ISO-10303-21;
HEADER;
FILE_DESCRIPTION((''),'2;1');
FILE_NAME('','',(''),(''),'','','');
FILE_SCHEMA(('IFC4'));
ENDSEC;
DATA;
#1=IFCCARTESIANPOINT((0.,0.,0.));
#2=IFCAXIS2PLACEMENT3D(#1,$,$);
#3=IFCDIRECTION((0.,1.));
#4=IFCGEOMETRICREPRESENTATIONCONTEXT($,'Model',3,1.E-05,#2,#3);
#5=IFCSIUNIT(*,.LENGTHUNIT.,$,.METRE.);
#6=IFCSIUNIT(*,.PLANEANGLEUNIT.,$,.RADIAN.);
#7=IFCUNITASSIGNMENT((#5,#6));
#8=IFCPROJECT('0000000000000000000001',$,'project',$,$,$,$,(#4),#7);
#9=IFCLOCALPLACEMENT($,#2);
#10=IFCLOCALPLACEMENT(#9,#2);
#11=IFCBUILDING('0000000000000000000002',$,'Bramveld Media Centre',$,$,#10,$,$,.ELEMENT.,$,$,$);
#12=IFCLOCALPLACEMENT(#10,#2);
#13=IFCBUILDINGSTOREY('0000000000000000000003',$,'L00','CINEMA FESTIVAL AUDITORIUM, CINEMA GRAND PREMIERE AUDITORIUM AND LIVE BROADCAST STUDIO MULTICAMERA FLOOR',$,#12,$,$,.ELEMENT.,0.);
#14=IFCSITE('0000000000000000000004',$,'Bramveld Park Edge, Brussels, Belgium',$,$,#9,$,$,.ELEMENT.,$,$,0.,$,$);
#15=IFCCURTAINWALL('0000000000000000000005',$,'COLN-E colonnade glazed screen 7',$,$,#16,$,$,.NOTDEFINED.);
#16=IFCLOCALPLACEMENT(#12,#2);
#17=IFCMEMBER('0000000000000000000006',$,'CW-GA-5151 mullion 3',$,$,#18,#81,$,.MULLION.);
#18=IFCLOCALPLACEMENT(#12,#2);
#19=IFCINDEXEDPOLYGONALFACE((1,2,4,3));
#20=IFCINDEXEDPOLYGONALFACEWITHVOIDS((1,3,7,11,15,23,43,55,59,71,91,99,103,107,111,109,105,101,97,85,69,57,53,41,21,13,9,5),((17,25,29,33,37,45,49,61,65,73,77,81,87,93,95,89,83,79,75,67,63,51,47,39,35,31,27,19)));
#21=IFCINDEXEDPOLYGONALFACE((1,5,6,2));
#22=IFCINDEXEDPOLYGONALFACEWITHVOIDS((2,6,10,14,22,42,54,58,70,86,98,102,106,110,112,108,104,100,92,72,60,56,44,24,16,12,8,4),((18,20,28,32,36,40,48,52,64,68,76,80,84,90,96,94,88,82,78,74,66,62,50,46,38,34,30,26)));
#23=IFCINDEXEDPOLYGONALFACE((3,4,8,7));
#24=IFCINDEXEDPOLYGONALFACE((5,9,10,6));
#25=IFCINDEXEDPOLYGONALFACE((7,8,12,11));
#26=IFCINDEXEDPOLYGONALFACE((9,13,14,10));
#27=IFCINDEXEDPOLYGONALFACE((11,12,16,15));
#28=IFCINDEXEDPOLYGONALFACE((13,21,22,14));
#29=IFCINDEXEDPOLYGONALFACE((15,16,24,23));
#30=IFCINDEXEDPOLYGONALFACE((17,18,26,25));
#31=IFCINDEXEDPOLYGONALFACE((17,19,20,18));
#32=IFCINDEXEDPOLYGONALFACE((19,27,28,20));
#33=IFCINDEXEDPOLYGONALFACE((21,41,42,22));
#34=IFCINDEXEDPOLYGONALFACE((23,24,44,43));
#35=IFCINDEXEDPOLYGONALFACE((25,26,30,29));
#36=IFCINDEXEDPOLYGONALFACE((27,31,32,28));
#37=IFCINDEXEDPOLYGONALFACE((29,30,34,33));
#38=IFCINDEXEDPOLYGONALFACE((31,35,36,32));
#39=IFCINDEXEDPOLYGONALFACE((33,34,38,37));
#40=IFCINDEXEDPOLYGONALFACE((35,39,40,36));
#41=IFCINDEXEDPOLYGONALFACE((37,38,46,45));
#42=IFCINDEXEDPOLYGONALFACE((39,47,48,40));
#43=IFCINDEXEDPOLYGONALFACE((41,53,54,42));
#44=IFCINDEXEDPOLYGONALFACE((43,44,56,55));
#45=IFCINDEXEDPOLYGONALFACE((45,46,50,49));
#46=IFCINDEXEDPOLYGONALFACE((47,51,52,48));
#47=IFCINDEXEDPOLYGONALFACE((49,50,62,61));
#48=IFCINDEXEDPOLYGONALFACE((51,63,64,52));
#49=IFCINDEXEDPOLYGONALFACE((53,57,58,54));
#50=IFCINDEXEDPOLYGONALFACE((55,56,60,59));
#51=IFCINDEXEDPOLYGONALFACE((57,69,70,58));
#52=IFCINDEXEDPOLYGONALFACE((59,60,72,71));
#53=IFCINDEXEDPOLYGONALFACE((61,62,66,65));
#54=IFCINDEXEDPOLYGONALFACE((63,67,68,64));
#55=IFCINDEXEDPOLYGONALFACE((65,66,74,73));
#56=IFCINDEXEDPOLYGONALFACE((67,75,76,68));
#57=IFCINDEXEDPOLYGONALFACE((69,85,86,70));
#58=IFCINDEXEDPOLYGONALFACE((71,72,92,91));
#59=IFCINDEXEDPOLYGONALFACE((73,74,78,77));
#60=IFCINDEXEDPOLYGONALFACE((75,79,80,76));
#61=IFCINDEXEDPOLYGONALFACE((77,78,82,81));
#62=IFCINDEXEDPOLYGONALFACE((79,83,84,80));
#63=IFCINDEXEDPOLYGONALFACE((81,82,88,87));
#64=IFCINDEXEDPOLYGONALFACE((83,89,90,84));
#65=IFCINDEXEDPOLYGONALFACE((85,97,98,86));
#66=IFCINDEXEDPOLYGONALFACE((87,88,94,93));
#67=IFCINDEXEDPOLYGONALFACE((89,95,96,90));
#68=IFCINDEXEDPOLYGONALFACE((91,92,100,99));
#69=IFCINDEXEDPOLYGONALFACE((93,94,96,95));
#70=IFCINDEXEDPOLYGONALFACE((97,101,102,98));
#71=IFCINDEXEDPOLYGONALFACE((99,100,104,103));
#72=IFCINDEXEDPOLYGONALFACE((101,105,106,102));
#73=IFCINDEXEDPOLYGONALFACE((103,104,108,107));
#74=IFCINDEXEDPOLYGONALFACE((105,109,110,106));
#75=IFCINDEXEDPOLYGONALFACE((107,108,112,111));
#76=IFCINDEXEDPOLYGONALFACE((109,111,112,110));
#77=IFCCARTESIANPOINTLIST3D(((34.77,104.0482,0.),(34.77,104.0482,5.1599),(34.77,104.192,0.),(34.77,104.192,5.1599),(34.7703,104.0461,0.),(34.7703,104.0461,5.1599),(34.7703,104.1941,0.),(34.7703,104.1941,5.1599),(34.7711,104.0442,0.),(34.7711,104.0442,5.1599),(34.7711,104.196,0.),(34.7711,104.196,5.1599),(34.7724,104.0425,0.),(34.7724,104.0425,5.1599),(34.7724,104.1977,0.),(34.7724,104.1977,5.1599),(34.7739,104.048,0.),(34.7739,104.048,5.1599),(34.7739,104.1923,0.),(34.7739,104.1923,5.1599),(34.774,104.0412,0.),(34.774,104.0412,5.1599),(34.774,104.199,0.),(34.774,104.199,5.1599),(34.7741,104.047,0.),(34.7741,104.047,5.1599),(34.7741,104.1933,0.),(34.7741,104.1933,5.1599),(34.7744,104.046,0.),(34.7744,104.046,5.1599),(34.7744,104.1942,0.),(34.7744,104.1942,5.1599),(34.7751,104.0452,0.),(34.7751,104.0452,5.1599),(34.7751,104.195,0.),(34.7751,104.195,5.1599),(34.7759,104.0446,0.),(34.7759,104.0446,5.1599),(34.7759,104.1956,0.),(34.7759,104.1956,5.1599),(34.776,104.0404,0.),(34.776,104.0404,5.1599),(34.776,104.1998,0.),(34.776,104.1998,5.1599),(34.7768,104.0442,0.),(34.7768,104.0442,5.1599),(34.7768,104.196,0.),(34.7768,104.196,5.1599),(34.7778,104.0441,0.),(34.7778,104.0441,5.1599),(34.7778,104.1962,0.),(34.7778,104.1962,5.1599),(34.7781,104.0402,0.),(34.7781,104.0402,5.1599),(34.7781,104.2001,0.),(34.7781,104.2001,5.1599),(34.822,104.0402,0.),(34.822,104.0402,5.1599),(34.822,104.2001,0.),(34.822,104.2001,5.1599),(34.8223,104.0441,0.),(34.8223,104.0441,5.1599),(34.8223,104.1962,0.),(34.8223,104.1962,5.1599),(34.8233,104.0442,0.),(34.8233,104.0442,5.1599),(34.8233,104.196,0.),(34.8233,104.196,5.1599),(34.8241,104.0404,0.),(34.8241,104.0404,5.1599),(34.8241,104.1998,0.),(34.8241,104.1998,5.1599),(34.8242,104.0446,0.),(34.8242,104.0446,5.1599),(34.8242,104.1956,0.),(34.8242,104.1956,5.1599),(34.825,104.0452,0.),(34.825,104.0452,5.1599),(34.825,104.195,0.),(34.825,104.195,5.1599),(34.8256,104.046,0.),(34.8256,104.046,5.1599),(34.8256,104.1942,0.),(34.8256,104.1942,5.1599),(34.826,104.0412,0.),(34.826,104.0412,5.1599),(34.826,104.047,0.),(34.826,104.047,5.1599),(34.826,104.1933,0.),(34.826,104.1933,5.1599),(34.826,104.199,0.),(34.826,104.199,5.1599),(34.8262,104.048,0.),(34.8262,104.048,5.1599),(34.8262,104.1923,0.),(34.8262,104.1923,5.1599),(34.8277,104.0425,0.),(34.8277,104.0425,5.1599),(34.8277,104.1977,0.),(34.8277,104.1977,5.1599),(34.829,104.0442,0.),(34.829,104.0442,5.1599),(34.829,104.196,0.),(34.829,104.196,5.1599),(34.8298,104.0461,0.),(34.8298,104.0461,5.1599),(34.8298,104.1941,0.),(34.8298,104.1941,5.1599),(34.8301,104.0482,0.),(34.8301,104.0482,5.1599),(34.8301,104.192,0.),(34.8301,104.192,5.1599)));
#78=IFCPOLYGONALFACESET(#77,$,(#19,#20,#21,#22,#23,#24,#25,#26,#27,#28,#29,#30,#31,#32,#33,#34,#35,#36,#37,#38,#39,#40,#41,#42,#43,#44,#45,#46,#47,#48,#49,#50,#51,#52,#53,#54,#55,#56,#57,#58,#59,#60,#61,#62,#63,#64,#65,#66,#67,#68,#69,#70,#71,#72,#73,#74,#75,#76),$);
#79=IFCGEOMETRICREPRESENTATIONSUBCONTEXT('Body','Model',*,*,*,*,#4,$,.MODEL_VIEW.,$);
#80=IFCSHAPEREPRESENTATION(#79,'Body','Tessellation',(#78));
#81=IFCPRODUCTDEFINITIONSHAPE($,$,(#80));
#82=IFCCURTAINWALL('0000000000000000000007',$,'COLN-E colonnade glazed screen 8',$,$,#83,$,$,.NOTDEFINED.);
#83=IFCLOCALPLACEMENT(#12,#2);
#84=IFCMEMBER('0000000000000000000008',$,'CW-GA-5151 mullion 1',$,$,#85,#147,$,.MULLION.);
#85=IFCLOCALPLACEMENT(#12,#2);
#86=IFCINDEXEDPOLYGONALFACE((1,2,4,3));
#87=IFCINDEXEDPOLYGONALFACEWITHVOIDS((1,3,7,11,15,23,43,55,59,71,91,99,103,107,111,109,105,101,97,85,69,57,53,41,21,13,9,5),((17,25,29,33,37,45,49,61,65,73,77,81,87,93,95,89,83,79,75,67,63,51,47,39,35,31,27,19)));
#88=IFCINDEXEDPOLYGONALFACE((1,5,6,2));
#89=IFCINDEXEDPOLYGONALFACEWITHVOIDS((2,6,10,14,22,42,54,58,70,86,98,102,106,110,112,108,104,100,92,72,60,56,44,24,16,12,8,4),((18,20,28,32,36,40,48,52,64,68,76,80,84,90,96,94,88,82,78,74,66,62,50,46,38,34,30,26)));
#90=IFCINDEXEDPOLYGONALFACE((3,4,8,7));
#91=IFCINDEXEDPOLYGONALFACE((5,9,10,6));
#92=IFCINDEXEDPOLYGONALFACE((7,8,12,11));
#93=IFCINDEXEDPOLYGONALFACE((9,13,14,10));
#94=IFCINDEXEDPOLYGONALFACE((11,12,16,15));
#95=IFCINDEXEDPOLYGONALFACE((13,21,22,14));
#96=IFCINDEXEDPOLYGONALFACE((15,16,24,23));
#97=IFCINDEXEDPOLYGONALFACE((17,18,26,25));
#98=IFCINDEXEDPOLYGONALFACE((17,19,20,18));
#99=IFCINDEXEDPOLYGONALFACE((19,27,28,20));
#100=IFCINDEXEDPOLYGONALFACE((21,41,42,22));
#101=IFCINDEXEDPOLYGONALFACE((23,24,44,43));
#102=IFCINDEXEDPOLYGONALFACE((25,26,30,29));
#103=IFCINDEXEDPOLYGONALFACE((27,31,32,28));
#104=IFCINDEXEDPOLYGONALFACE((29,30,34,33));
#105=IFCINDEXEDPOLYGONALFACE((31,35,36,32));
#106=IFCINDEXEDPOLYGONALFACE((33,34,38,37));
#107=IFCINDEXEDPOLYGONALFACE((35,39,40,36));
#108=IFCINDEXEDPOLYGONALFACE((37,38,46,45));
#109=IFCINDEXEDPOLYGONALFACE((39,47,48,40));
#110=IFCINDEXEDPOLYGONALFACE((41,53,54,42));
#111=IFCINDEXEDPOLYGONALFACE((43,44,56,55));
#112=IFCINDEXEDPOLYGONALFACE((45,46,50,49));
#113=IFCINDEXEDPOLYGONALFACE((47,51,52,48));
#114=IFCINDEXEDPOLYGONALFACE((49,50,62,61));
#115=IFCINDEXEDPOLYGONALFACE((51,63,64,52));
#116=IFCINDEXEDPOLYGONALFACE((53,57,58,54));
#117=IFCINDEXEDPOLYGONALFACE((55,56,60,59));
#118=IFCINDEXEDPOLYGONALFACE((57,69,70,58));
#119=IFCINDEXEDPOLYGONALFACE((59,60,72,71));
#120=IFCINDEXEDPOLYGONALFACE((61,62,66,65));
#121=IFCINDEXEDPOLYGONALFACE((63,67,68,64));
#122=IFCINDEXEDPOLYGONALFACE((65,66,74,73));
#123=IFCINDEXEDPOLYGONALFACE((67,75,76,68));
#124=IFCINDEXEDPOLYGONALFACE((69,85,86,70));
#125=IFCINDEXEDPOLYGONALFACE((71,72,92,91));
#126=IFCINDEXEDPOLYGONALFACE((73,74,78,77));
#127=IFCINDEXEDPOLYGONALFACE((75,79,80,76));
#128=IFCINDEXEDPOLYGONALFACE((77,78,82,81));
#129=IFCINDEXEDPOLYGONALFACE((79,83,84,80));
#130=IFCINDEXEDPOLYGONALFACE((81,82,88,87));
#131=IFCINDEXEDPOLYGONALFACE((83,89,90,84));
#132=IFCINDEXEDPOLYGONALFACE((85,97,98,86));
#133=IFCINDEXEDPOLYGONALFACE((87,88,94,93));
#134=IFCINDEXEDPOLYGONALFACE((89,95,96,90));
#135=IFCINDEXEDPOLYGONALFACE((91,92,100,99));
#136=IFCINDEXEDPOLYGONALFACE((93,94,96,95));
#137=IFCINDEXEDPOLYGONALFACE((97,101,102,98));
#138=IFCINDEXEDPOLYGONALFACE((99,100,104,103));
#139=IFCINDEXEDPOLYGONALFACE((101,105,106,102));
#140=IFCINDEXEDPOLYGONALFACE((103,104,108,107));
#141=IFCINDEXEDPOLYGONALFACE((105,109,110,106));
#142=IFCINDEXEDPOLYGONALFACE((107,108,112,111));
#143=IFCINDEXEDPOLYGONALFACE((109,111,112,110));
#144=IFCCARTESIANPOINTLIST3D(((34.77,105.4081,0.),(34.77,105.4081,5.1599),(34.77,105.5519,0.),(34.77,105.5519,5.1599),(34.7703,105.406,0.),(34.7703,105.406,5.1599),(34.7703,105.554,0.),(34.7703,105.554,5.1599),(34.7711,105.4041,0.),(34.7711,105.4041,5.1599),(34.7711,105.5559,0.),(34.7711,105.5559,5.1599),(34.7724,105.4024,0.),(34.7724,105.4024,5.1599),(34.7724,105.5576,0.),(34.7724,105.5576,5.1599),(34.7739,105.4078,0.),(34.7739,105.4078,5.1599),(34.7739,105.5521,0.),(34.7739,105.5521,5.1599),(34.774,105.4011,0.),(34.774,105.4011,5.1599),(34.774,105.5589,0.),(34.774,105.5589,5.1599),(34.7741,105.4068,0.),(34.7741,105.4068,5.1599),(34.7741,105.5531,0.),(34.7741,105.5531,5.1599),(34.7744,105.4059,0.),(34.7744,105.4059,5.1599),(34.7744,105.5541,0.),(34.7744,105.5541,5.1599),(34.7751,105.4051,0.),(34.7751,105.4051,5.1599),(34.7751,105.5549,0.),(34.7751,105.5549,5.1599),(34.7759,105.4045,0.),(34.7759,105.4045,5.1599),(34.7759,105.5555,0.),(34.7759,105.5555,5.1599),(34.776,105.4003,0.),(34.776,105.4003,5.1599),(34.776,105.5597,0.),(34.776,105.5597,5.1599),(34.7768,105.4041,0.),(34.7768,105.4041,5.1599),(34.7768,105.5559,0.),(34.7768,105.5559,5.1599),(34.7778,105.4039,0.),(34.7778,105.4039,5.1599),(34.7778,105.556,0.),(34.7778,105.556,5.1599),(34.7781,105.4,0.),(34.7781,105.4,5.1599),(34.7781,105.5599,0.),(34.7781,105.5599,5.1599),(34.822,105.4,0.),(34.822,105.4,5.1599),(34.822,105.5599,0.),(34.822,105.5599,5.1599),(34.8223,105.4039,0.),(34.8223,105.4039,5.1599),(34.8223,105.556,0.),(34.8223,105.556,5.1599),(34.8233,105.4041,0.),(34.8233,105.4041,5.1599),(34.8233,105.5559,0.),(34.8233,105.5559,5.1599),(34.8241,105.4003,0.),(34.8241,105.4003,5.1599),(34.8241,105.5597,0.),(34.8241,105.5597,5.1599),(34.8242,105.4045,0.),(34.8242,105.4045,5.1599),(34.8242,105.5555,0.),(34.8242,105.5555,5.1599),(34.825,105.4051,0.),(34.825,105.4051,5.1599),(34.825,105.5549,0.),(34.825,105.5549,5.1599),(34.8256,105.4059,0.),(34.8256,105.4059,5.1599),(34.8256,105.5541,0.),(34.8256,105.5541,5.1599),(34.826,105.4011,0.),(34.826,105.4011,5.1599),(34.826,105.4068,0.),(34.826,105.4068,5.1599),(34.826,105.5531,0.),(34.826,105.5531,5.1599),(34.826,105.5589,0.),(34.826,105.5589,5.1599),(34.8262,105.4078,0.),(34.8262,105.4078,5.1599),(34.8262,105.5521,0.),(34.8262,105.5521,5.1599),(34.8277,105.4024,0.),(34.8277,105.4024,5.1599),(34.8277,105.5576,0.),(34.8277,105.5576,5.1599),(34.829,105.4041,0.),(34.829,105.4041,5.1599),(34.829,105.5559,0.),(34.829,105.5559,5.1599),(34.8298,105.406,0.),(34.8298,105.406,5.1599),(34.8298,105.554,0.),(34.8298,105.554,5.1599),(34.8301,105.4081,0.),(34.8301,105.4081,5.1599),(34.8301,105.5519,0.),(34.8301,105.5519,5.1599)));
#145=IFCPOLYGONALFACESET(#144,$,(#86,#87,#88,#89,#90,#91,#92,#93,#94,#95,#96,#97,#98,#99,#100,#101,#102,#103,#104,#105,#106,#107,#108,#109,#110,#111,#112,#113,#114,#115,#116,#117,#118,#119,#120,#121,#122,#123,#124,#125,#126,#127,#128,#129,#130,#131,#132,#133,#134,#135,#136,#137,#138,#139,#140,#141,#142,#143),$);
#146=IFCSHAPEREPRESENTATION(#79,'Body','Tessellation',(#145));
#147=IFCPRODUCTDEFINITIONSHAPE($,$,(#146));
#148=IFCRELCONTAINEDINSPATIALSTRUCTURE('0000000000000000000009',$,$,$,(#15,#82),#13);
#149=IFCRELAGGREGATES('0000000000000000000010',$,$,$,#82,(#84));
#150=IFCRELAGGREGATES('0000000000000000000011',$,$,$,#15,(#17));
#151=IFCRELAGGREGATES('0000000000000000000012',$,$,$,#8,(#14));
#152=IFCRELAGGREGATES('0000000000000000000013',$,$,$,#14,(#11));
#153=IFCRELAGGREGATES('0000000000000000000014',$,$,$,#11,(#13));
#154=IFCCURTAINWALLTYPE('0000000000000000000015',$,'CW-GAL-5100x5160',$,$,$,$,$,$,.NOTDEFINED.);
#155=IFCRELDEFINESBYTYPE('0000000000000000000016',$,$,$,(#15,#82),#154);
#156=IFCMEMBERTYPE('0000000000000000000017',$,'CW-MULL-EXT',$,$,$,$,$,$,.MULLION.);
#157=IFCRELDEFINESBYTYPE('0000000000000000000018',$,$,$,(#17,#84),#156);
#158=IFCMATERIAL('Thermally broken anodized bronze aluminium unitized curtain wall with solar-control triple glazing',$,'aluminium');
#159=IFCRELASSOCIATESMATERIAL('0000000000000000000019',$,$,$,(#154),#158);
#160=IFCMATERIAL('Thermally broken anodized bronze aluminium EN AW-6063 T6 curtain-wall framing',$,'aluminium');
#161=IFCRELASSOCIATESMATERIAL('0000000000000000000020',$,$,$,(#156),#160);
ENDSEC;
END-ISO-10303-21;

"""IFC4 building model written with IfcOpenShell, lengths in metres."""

from ifc_helpers import new_model, si_unit, direction, frame, origin, origin_2d, place, context, subcontext, project, spatial, hollow_rectangle, extrude, material, material_profile, profile_set, type_object, element, aggregate, save


model = new_model("IFC4")

# Units and contexts
model_context = context("Model", 3, precision=1e-05, world=origin(), true_north=direction((0.0, 1.0)))
body_context = subcontext(model_context, "Body", "Model", "MODEL_VIEW")
ifc_project = project(units=[si_unit("LENGTHUNIT", "METRE"), si_unit("PLANEANGLEUNIT", "RADIAN")], contexts=[model_context])

# Site, building, storey
site_placement = place(None, origin())
site = spatial("IfcSite", under=ifc_project, at=site_placement, Name="Bramveld Park Edge, Brussels, Belgium", CompositionType="ELEMENT", RefElevation=0.0)
building_placement = place(site_placement, origin())
building = spatial("IfcBuilding", under=site, at=building_placement, Name="Bramveld Media Centre", CompositionType="ELEMENT")
storey_placement = place(building_placement, origin())
storey = spatial("IfcBuildingStorey", under=building, at=storey_placement, Name="L00", Description="CINEMA FESTIVAL AUDITORIUM, CINEMA GRAND PREMIERE AUDITORIUM AND LIVE BROADCAST STUDIO MULTICAMERA FLOOR", CompositionType="ELEMENT", Elevation=0.0)

# Curtain wall, member
ifc_material_1 = material(Name="Thermally broken anodized bronze aluminium unitized curtain wall with solar-control triple glazing", Category="aluminium")
curtain_wall_type = type_object("IfcCurtainWallType", Name="CW-GAL-5100x5160", PredefinedType="NOTDEFINED", material=ifc_material_1)
curtain_wall_1_placement = place(storey_placement, origin())
curtain_wall_1 = element("IfcCurtainWall", 1, at=curtain_wall_1_placement, inside=storey, type_object=curtain_wall_type, Name="COLN-E colonnade glazed screen 7", PredefinedType="NOTDEFINED")
ifc_material_2 = material(Name="Thermally broken anodized bronze aluminium EN AW-6063 T6 curtain-wall framing", Category="aluminium")
ifc_material_profile_1 = material_profile(ifc_material_2, hollow_rectangle(XDim=0.0601, YDim=0.1599, WallThickness=0.0039, InnerFilletRadius=0.0039, OuterFilletRadius=0.0081, at=origin_2d()), Name="AL-MULL 60x160")
ifc_profile_set_1 = profile_set([ifc_material_profile_1], Name="Thermally broken anodized bronze aluminium EN AW-6063 T6 curtain-wall framing")
member_type_1 = type_object("IfcMemberType", Name="CW-MULL-EXT", PredefinedType="MULLION", material=ifc_profile_set_1)
member_1_placement = place(storey_placement, frame((34.8, 104.1201, 0.0), z_axis=(0.0, 0.0, 1.0), x_axis=(-1.0, 0.0, 0.0)))
member_1 = element("IfcMember", 2, at=member_1_placement, type_object=member_type_1, Name="CW-GA-5151 mullion 3", PredefinedType="MULLION", context=body_context, shape_type="SweptSolid", body=[
    extrude(hollow_rectangle(XDim=0.0601, YDim=0.1599, WallThickness=0.0039, InnerFilletRadius=0.0039, OuterFilletRadius=0.0081, at=origin_2d()), origin(), (0.0, 0.0, 1.0), 5.1599),
])

# Curtain wall, member
curtain_wall_2_placement = place(storey_placement, origin())
curtain_wall_2 = element("IfcCurtainWall", 3, at=curtain_wall_2_placement, inside=storey, type_object=curtain_wall_type, Name="COLN-E colonnade glazed screen 8", PredefinedType="NOTDEFINED")
member_2_placement = place(storey_placement, frame((34.8, 105.48, 0.0), z_axis=(0.0, 0.0, 1.0), x_axis=(-1.0, 0.0, 0.0)))
member_2 = element("IfcMember", 4, at=member_2_placement, type_object=member_type_1, Name="CW-GA-5151 mullion 1", PredefinedType="MULLION", context=body_context, shape_type="SweptSolid", body=[
    extrude(hollow_rectangle(XDim=0.0601, YDim=0.1599, WallThickness=0.0039, InnerFilletRadius=0.0039, OuterFilletRadius=0.0081, at=origin_2d()), origin(), (0.0, 0.0, 1.0), 5.1599),
])

aggregate(curtain_wall_2, [member_2])

aggregate(curtain_wall_1, [member_1])

save(model, "model.ifc")
